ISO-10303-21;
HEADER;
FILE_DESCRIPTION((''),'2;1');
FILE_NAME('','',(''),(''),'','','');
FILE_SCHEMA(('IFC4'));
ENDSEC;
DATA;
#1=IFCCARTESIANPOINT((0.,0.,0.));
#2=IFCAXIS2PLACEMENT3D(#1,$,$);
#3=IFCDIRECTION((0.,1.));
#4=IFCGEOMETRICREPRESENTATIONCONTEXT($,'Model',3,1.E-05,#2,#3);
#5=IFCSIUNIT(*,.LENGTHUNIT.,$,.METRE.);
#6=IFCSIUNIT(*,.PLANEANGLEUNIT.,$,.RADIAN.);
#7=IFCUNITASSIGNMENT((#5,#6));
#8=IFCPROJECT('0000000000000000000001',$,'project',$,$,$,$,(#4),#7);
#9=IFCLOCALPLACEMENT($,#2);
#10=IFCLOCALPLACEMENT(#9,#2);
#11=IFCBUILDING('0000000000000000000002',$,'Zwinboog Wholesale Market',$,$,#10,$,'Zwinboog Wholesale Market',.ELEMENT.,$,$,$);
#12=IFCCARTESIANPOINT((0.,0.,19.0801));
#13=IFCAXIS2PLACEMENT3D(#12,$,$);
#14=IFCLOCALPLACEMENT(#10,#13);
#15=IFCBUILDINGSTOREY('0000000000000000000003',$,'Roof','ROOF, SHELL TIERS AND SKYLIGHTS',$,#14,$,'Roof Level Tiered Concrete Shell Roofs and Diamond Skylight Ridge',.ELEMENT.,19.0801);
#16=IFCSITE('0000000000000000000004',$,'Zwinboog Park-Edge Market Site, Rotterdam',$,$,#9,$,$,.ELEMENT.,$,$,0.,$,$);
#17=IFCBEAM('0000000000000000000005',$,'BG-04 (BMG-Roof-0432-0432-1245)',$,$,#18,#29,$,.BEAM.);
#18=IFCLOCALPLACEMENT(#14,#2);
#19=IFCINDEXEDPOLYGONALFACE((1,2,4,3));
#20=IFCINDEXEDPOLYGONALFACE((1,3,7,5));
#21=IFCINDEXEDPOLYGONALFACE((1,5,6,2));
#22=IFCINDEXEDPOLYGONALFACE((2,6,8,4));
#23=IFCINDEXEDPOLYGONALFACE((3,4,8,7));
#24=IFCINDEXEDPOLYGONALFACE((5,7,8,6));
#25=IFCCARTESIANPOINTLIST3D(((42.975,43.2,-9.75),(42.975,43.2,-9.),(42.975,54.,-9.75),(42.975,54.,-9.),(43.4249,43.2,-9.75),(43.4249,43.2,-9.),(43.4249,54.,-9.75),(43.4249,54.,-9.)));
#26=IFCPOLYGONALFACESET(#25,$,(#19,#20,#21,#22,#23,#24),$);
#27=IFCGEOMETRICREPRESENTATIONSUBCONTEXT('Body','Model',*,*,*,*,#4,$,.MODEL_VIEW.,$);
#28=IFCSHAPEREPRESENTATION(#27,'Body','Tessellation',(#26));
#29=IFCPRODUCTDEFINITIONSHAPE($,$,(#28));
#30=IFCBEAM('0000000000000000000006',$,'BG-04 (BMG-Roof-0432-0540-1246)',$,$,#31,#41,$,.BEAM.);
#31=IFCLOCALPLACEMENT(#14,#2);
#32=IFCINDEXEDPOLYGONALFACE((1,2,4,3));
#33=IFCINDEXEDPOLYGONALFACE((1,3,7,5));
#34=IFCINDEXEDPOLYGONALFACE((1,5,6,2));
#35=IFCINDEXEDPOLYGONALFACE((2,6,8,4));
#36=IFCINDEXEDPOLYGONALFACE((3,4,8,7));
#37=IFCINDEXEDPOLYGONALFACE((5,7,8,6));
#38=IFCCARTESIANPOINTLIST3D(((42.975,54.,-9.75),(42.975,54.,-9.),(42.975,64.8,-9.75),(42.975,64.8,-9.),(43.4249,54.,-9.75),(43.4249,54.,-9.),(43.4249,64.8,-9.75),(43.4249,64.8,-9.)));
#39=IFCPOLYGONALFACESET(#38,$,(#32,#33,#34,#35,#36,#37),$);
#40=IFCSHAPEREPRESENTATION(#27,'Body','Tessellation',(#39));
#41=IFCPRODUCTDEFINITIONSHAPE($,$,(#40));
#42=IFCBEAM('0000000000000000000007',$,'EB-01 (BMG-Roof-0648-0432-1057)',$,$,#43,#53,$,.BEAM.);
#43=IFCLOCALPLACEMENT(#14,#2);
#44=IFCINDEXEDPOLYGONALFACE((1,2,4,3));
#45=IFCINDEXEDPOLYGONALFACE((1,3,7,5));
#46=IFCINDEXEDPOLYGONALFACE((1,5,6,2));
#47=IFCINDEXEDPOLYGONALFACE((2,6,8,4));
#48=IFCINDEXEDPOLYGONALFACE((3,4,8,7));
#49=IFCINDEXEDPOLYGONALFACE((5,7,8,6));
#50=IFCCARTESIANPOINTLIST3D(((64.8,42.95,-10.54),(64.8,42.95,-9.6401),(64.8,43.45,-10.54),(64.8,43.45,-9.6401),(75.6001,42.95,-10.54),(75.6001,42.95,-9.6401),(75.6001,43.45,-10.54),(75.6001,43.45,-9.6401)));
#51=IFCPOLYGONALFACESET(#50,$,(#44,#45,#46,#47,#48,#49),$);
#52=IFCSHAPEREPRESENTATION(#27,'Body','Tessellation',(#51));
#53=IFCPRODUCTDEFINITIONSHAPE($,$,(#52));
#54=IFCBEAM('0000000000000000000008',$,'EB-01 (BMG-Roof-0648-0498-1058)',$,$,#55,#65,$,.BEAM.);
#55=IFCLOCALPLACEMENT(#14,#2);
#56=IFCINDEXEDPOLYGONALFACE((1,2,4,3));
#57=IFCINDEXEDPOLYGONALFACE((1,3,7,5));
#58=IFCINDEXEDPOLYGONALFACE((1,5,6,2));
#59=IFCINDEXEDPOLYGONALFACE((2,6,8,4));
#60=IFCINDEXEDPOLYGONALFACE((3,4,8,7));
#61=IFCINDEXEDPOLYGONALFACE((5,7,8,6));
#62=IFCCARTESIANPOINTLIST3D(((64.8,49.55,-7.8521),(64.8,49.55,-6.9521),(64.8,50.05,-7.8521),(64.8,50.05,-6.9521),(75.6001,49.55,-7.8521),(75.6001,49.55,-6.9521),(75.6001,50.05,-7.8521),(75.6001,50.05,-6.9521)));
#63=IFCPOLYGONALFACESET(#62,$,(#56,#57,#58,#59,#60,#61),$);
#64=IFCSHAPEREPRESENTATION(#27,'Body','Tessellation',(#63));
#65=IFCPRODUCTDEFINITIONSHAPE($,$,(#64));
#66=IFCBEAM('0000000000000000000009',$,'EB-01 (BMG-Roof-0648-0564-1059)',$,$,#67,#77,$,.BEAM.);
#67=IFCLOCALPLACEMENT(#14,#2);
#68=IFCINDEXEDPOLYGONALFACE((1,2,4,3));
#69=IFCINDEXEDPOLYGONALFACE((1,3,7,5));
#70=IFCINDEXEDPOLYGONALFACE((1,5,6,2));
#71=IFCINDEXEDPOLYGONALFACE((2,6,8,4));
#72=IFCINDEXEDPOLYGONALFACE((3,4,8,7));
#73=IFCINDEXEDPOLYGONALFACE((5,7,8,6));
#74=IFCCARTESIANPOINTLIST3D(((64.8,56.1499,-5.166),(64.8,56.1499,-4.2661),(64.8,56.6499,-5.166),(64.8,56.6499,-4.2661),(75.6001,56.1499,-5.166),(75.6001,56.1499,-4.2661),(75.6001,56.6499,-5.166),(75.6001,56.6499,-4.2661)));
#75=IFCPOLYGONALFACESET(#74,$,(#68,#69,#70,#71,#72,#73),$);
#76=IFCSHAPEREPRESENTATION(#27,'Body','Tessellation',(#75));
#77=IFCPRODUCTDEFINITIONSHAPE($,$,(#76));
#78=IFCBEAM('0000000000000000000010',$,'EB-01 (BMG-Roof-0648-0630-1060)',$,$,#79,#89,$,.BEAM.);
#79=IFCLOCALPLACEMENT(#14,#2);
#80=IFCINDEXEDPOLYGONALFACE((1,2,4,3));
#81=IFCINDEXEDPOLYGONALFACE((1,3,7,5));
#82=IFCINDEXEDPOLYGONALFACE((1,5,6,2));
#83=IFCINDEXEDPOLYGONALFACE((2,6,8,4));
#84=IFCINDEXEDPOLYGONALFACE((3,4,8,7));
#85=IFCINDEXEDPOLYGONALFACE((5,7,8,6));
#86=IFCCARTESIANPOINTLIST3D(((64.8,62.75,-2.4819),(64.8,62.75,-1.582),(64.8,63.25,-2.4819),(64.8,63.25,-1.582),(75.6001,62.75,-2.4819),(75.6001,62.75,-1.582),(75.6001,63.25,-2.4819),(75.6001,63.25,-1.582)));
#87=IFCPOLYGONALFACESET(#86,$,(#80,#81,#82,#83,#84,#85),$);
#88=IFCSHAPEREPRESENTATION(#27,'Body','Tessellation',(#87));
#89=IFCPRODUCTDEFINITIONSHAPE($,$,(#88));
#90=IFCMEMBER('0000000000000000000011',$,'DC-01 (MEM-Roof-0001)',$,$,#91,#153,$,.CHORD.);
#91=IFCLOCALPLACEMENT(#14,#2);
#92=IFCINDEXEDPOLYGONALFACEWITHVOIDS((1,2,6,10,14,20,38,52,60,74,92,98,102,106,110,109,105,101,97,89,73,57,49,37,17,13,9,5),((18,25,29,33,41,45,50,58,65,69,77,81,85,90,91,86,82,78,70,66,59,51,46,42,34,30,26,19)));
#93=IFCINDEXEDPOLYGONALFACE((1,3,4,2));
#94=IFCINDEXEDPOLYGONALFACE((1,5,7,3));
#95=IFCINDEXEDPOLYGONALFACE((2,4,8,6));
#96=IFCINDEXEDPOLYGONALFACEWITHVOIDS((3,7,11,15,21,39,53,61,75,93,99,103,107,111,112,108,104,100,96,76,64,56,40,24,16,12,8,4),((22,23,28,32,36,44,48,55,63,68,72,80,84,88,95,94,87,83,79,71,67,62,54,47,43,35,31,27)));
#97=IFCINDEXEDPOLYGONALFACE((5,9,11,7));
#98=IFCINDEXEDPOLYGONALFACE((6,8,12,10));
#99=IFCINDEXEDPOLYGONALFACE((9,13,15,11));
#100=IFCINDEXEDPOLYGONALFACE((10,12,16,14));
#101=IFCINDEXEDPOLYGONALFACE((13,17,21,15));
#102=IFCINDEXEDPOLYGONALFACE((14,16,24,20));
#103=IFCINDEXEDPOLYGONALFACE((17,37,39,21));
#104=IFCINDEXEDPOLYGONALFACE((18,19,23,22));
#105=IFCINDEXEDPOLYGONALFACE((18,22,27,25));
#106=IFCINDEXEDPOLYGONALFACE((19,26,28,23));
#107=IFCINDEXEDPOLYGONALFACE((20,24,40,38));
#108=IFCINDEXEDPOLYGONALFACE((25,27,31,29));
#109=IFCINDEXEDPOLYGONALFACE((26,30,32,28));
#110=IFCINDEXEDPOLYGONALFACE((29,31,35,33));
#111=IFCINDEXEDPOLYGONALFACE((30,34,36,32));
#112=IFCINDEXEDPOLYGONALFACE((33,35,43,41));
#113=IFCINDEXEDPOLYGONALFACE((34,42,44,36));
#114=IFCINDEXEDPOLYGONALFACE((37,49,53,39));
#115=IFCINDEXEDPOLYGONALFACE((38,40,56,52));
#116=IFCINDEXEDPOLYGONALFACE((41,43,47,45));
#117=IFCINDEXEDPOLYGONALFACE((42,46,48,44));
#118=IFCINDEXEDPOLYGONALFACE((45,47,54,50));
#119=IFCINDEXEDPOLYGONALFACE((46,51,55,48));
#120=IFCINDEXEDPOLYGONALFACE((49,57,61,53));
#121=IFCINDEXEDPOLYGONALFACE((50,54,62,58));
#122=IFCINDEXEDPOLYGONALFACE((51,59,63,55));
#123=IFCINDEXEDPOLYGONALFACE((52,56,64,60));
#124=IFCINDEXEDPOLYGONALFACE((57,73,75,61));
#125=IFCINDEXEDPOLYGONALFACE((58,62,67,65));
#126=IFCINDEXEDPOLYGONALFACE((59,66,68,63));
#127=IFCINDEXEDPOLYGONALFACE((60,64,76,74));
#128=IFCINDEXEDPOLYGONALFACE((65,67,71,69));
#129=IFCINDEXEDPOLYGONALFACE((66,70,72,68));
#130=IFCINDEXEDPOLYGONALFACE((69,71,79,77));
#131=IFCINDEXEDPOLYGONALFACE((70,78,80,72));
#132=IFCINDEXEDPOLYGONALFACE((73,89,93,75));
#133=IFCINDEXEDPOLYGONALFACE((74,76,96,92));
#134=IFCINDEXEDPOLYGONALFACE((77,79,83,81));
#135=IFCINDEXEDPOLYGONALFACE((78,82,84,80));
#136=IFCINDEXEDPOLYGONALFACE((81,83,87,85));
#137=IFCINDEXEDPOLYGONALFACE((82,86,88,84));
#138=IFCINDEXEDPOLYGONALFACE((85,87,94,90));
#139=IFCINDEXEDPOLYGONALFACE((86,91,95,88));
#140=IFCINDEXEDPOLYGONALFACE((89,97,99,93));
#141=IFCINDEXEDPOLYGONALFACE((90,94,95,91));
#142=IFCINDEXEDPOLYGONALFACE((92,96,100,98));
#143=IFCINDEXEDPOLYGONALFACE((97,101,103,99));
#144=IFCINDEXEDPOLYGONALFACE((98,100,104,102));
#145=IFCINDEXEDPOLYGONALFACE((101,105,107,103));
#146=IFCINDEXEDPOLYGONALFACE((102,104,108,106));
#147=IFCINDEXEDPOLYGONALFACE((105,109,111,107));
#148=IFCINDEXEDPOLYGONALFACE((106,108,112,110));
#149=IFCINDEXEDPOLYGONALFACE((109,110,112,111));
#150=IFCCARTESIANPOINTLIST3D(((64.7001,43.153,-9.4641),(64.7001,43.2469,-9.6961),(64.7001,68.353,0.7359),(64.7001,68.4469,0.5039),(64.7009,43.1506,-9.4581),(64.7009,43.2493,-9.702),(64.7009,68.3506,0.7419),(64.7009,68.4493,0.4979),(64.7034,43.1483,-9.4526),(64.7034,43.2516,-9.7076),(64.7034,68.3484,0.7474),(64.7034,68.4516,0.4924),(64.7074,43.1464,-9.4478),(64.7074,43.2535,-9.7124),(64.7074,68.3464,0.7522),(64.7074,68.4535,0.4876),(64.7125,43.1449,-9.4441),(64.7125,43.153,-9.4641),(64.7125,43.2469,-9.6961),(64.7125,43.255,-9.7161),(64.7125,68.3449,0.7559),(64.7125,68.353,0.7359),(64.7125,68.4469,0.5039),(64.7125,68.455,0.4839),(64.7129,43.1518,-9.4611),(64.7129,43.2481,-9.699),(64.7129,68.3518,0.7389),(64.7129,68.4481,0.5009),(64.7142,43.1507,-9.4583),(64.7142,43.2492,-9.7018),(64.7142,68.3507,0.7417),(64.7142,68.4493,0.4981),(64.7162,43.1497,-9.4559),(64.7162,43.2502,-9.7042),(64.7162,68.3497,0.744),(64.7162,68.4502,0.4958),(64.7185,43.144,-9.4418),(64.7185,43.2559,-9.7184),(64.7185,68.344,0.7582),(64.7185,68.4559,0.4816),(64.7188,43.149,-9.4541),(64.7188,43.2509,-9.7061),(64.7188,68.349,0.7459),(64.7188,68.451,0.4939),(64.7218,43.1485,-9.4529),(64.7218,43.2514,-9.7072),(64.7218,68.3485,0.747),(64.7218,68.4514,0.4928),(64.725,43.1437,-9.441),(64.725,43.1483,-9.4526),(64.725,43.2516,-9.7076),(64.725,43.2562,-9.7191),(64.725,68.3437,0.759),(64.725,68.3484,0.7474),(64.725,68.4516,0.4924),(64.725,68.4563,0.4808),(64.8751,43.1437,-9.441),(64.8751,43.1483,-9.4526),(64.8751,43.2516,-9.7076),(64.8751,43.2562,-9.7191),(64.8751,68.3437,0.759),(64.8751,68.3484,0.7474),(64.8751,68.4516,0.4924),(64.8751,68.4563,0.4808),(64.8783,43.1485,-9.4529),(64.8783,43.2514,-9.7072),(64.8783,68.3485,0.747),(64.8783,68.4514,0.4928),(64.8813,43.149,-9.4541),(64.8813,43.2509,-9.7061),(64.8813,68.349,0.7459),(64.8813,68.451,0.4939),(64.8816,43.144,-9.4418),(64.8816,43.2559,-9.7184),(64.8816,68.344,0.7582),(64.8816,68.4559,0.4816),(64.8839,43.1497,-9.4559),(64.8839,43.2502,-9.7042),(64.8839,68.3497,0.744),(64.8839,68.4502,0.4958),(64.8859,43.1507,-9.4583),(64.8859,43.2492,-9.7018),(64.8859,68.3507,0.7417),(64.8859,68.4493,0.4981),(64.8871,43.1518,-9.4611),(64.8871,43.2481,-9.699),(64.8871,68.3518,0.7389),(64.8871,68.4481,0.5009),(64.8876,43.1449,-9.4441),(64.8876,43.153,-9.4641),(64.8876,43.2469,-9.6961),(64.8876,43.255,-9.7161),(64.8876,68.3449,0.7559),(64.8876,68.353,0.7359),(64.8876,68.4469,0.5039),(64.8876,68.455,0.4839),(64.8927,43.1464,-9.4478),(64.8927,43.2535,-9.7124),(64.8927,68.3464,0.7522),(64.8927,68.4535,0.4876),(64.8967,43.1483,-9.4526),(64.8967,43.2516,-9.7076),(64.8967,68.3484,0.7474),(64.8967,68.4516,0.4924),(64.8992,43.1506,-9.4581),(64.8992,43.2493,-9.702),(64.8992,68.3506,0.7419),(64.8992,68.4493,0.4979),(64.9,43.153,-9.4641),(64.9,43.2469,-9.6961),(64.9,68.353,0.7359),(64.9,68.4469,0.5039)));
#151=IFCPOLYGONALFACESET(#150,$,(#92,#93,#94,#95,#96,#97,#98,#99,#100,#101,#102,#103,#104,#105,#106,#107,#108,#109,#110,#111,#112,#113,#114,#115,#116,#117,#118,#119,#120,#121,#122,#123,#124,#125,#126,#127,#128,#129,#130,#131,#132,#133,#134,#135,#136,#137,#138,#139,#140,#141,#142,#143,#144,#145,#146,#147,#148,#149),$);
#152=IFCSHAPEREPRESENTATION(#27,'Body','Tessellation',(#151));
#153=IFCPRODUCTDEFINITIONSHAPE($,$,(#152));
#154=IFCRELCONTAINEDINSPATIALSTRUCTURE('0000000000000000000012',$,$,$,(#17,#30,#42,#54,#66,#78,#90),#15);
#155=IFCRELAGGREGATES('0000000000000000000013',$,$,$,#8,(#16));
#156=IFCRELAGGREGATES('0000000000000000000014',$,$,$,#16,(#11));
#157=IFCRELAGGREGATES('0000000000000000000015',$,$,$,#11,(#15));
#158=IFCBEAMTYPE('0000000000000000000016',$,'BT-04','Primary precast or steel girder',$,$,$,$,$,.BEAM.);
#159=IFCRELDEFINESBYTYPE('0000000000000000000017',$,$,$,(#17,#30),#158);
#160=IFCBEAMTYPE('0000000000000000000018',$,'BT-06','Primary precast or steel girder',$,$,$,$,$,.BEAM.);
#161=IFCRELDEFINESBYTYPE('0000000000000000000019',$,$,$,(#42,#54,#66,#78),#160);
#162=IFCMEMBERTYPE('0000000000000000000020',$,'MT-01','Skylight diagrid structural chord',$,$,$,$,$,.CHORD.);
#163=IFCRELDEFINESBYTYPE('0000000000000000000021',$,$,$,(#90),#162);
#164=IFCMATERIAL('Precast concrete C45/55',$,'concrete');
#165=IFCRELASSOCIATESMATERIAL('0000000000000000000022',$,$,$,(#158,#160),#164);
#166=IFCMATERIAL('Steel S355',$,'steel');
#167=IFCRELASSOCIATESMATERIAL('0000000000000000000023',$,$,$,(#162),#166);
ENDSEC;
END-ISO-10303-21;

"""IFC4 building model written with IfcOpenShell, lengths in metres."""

from ifc_helpers import new_model, si_unit, direction, frame, origin, origin_2d, place, context, subcontext, project, spatial, rectangle, hollow_rectangle, extrude, material, material_profile, profile_set, type_object, element, save


model = new_model("IFC4")

# Units and contexts
model_context = context("Model", 3, precision=1e-05, world=origin(), true_north=direction((0.0, 1.0)))
body_context = subcontext(model_context, "Body", "Model", "MODEL_VIEW")
ifc_project = project(units=[si_unit("LENGTHUNIT", "METRE"), si_unit("PLANEANGLEUNIT", "RADIAN")], contexts=[model_context])

# Site, building, storey
site_placement = place(None, origin())
site = spatial("IfcSite", under=ifc_project, at=site_placement, Name="Zwinboog Park-Edge Market Site, Rotterdam", CompositionType="ELEMENT", RefElevation=0.0)
building_placement = place(site_placement, origin())
building = spatial("IfcBuilding", under=site, at=building_placement, Name="Zwinboog Wholesale Market", LongName="Zwinboog Wholesale Market", CompositionType="ELEMENT")
storey_placement = place(building_placement, frame((0.0, 0.0, 19.0801)))
storey = spatial("IfcBuildingStorey", under=building, at=storey_placement, Name="Roof", Description="ROOF, SHELL TIERS AND SKYLIGHTS", LongName="Roof Level Tiered Concrete Shell Roofs and Diamond Skylight Ridge", CompositionType="ELEMENT", Elevation=19.0801)

# Beams
ifc_material_1 = material(Name="Precast concrete C45/55", Category="concrete")
ifc_material_profile_1 = material_profile(ifc_material_1, rectangle(XDim=0.45, YDim=0.75, at=origin_2d()), Name="PC 450x750")
ifc_profile_set_1 = profile_set([ifc_material_profile_1], Name="Precast concrete C45/55")
beam_type_1 = type_object("IfcBeamType", Name="BT-04", Description="Primary precast or steel girder", PredefinedType="BEAM", material=ifc_profile_set_1)
for number, where, z_axis, x_axis, name in (
    (1, (43.2, 43.2, -9.375), (0.0, 1.0, 0.0), (-1.0, 0.0, 0.0), "BG-04 (BMG-Roof-0432-0432-1245)"),
    (2, (43.2, 54.0, -9.375), (0.0, 1.0, 0.0), (-1.0, 0.0, 0.0), "BG-04 (BMG-Roof-0432-0540-1246)"),
):
    element("IfcBeam", number, at=place(storey_placement, frame(where, z_axis=z_axis, x_axis=x_axis)), inside=storey, type_object=beam_type_1, Name=name, PredefinedType="BEAM", context=body_context, shape_type="SweptSolid", body=[
        extrude(rectangle(XDim=0.45, YDim=0.75, at=origin_2d()), origin(), (0.0, 0.0, 1.0), 10.8),
    ])
ifc_material_profile_2 = material_profile(ifc_material_1, rectangle(XDim=0.5, YDim=0.8999, at=origin_2d()), Name="PC 500x900")
ifc_profile_set_2 = profile_set([ifc_material_profile_2], Name="Precast concrete C45/55")
beam_type_2 = type_object("IfcBeamType", Name="BT-06", Description="Primary precast or steel girder", PredefinedType="BEAM", material=ifc_profile_set_2)
for number, where, z_axis, x_axis, name in (
    (3, (64.8, 43.2, -10.0901), (1.0, 0.0, 0.0), (0.0, 1.0, 0.0), "EB-01 (BMG-Roof-0648-0432-1057)"),
    (4, (64.8, 49.8, -7.4021), (1.0, 0.0, 0.0), (0.0, 1.0, 0.0), "EB-01 (BMG-Roof-0648-0498-1058)"),
    (5, (64.8, 56.3999, -4.7161), (1.0, 0.0, 0.0), (0.0, 1.0, 0.0), "EB-01 (BMG-Roof-0648-0564-1059)"),
    (6, (64.8, 63.0, -2.032), (1.0, 0.0, 0.0), (0.0, 1.0, 0.0), "EB-01 (BMG-Roof-0648-0630-1060)"),
):
    element("IfcBeam", number, at=place(storey_placement, frame(where, z_axis=z_axis, x_axis=x_axis)), inside=storey, type_object=beam_type_2, Name=name, PredefinedType="BEAM", context=body_context, shape_type="SweptSolid", body=[
        extrude(rectangle(XDim=0.5, YDim=0.8999, at=origin_2d()), origin(), (0.0, 0.0, 1.0), 10.8),
    ])

# Member
ifc_material_2 = material(Name="Steel S355", Category="steel")
ifc_material_profile_3 = material_profile(ifc_material_2, hollow_rectangle(XDim=0.2, YDim=0.3, WallThickness=0.0125, InnerFilletRadius=0.0125, OuterFilletRadius=0.0249, at=origin_2d()), Name="RHS 300x200x12.5")
ifc_profile_set_3 = profile_set([ifc_material_profile_3], Name="Steel S355")
member_type_1 = type_object("IfcMemberType", Name="MT-01", Description="Skylight diagrid structural chord", PredefinedType="CHORD", material=ifc_profile_set_3)
member_1_placement = place(storey_placement, frame((64.8, 43.2, -9.5801), z_axis=(0.0, 0.926947, 0.375192), x_axis=(-1.0, 0.0, 0.0)))
element("IfcMember", 7, at=member_1_placement, inside=storey, type_object=member_type_1, Name="DC-01 (MEM-Roof-0001)", PredefinedType="CHORD", context=body_context, shape_type="SweptSolid", body=[
    extrude(hollow_rectangle(XDim=0.2, YDim=0.3, WallThickness=0.0125, InnerFilletRadius=0.0125, OuterFilletRadius=0.0249, at=origin_2d()), origin(), (0.0, 0.0, 1.0), 27.186),
])

save(model, "model.ifc")
